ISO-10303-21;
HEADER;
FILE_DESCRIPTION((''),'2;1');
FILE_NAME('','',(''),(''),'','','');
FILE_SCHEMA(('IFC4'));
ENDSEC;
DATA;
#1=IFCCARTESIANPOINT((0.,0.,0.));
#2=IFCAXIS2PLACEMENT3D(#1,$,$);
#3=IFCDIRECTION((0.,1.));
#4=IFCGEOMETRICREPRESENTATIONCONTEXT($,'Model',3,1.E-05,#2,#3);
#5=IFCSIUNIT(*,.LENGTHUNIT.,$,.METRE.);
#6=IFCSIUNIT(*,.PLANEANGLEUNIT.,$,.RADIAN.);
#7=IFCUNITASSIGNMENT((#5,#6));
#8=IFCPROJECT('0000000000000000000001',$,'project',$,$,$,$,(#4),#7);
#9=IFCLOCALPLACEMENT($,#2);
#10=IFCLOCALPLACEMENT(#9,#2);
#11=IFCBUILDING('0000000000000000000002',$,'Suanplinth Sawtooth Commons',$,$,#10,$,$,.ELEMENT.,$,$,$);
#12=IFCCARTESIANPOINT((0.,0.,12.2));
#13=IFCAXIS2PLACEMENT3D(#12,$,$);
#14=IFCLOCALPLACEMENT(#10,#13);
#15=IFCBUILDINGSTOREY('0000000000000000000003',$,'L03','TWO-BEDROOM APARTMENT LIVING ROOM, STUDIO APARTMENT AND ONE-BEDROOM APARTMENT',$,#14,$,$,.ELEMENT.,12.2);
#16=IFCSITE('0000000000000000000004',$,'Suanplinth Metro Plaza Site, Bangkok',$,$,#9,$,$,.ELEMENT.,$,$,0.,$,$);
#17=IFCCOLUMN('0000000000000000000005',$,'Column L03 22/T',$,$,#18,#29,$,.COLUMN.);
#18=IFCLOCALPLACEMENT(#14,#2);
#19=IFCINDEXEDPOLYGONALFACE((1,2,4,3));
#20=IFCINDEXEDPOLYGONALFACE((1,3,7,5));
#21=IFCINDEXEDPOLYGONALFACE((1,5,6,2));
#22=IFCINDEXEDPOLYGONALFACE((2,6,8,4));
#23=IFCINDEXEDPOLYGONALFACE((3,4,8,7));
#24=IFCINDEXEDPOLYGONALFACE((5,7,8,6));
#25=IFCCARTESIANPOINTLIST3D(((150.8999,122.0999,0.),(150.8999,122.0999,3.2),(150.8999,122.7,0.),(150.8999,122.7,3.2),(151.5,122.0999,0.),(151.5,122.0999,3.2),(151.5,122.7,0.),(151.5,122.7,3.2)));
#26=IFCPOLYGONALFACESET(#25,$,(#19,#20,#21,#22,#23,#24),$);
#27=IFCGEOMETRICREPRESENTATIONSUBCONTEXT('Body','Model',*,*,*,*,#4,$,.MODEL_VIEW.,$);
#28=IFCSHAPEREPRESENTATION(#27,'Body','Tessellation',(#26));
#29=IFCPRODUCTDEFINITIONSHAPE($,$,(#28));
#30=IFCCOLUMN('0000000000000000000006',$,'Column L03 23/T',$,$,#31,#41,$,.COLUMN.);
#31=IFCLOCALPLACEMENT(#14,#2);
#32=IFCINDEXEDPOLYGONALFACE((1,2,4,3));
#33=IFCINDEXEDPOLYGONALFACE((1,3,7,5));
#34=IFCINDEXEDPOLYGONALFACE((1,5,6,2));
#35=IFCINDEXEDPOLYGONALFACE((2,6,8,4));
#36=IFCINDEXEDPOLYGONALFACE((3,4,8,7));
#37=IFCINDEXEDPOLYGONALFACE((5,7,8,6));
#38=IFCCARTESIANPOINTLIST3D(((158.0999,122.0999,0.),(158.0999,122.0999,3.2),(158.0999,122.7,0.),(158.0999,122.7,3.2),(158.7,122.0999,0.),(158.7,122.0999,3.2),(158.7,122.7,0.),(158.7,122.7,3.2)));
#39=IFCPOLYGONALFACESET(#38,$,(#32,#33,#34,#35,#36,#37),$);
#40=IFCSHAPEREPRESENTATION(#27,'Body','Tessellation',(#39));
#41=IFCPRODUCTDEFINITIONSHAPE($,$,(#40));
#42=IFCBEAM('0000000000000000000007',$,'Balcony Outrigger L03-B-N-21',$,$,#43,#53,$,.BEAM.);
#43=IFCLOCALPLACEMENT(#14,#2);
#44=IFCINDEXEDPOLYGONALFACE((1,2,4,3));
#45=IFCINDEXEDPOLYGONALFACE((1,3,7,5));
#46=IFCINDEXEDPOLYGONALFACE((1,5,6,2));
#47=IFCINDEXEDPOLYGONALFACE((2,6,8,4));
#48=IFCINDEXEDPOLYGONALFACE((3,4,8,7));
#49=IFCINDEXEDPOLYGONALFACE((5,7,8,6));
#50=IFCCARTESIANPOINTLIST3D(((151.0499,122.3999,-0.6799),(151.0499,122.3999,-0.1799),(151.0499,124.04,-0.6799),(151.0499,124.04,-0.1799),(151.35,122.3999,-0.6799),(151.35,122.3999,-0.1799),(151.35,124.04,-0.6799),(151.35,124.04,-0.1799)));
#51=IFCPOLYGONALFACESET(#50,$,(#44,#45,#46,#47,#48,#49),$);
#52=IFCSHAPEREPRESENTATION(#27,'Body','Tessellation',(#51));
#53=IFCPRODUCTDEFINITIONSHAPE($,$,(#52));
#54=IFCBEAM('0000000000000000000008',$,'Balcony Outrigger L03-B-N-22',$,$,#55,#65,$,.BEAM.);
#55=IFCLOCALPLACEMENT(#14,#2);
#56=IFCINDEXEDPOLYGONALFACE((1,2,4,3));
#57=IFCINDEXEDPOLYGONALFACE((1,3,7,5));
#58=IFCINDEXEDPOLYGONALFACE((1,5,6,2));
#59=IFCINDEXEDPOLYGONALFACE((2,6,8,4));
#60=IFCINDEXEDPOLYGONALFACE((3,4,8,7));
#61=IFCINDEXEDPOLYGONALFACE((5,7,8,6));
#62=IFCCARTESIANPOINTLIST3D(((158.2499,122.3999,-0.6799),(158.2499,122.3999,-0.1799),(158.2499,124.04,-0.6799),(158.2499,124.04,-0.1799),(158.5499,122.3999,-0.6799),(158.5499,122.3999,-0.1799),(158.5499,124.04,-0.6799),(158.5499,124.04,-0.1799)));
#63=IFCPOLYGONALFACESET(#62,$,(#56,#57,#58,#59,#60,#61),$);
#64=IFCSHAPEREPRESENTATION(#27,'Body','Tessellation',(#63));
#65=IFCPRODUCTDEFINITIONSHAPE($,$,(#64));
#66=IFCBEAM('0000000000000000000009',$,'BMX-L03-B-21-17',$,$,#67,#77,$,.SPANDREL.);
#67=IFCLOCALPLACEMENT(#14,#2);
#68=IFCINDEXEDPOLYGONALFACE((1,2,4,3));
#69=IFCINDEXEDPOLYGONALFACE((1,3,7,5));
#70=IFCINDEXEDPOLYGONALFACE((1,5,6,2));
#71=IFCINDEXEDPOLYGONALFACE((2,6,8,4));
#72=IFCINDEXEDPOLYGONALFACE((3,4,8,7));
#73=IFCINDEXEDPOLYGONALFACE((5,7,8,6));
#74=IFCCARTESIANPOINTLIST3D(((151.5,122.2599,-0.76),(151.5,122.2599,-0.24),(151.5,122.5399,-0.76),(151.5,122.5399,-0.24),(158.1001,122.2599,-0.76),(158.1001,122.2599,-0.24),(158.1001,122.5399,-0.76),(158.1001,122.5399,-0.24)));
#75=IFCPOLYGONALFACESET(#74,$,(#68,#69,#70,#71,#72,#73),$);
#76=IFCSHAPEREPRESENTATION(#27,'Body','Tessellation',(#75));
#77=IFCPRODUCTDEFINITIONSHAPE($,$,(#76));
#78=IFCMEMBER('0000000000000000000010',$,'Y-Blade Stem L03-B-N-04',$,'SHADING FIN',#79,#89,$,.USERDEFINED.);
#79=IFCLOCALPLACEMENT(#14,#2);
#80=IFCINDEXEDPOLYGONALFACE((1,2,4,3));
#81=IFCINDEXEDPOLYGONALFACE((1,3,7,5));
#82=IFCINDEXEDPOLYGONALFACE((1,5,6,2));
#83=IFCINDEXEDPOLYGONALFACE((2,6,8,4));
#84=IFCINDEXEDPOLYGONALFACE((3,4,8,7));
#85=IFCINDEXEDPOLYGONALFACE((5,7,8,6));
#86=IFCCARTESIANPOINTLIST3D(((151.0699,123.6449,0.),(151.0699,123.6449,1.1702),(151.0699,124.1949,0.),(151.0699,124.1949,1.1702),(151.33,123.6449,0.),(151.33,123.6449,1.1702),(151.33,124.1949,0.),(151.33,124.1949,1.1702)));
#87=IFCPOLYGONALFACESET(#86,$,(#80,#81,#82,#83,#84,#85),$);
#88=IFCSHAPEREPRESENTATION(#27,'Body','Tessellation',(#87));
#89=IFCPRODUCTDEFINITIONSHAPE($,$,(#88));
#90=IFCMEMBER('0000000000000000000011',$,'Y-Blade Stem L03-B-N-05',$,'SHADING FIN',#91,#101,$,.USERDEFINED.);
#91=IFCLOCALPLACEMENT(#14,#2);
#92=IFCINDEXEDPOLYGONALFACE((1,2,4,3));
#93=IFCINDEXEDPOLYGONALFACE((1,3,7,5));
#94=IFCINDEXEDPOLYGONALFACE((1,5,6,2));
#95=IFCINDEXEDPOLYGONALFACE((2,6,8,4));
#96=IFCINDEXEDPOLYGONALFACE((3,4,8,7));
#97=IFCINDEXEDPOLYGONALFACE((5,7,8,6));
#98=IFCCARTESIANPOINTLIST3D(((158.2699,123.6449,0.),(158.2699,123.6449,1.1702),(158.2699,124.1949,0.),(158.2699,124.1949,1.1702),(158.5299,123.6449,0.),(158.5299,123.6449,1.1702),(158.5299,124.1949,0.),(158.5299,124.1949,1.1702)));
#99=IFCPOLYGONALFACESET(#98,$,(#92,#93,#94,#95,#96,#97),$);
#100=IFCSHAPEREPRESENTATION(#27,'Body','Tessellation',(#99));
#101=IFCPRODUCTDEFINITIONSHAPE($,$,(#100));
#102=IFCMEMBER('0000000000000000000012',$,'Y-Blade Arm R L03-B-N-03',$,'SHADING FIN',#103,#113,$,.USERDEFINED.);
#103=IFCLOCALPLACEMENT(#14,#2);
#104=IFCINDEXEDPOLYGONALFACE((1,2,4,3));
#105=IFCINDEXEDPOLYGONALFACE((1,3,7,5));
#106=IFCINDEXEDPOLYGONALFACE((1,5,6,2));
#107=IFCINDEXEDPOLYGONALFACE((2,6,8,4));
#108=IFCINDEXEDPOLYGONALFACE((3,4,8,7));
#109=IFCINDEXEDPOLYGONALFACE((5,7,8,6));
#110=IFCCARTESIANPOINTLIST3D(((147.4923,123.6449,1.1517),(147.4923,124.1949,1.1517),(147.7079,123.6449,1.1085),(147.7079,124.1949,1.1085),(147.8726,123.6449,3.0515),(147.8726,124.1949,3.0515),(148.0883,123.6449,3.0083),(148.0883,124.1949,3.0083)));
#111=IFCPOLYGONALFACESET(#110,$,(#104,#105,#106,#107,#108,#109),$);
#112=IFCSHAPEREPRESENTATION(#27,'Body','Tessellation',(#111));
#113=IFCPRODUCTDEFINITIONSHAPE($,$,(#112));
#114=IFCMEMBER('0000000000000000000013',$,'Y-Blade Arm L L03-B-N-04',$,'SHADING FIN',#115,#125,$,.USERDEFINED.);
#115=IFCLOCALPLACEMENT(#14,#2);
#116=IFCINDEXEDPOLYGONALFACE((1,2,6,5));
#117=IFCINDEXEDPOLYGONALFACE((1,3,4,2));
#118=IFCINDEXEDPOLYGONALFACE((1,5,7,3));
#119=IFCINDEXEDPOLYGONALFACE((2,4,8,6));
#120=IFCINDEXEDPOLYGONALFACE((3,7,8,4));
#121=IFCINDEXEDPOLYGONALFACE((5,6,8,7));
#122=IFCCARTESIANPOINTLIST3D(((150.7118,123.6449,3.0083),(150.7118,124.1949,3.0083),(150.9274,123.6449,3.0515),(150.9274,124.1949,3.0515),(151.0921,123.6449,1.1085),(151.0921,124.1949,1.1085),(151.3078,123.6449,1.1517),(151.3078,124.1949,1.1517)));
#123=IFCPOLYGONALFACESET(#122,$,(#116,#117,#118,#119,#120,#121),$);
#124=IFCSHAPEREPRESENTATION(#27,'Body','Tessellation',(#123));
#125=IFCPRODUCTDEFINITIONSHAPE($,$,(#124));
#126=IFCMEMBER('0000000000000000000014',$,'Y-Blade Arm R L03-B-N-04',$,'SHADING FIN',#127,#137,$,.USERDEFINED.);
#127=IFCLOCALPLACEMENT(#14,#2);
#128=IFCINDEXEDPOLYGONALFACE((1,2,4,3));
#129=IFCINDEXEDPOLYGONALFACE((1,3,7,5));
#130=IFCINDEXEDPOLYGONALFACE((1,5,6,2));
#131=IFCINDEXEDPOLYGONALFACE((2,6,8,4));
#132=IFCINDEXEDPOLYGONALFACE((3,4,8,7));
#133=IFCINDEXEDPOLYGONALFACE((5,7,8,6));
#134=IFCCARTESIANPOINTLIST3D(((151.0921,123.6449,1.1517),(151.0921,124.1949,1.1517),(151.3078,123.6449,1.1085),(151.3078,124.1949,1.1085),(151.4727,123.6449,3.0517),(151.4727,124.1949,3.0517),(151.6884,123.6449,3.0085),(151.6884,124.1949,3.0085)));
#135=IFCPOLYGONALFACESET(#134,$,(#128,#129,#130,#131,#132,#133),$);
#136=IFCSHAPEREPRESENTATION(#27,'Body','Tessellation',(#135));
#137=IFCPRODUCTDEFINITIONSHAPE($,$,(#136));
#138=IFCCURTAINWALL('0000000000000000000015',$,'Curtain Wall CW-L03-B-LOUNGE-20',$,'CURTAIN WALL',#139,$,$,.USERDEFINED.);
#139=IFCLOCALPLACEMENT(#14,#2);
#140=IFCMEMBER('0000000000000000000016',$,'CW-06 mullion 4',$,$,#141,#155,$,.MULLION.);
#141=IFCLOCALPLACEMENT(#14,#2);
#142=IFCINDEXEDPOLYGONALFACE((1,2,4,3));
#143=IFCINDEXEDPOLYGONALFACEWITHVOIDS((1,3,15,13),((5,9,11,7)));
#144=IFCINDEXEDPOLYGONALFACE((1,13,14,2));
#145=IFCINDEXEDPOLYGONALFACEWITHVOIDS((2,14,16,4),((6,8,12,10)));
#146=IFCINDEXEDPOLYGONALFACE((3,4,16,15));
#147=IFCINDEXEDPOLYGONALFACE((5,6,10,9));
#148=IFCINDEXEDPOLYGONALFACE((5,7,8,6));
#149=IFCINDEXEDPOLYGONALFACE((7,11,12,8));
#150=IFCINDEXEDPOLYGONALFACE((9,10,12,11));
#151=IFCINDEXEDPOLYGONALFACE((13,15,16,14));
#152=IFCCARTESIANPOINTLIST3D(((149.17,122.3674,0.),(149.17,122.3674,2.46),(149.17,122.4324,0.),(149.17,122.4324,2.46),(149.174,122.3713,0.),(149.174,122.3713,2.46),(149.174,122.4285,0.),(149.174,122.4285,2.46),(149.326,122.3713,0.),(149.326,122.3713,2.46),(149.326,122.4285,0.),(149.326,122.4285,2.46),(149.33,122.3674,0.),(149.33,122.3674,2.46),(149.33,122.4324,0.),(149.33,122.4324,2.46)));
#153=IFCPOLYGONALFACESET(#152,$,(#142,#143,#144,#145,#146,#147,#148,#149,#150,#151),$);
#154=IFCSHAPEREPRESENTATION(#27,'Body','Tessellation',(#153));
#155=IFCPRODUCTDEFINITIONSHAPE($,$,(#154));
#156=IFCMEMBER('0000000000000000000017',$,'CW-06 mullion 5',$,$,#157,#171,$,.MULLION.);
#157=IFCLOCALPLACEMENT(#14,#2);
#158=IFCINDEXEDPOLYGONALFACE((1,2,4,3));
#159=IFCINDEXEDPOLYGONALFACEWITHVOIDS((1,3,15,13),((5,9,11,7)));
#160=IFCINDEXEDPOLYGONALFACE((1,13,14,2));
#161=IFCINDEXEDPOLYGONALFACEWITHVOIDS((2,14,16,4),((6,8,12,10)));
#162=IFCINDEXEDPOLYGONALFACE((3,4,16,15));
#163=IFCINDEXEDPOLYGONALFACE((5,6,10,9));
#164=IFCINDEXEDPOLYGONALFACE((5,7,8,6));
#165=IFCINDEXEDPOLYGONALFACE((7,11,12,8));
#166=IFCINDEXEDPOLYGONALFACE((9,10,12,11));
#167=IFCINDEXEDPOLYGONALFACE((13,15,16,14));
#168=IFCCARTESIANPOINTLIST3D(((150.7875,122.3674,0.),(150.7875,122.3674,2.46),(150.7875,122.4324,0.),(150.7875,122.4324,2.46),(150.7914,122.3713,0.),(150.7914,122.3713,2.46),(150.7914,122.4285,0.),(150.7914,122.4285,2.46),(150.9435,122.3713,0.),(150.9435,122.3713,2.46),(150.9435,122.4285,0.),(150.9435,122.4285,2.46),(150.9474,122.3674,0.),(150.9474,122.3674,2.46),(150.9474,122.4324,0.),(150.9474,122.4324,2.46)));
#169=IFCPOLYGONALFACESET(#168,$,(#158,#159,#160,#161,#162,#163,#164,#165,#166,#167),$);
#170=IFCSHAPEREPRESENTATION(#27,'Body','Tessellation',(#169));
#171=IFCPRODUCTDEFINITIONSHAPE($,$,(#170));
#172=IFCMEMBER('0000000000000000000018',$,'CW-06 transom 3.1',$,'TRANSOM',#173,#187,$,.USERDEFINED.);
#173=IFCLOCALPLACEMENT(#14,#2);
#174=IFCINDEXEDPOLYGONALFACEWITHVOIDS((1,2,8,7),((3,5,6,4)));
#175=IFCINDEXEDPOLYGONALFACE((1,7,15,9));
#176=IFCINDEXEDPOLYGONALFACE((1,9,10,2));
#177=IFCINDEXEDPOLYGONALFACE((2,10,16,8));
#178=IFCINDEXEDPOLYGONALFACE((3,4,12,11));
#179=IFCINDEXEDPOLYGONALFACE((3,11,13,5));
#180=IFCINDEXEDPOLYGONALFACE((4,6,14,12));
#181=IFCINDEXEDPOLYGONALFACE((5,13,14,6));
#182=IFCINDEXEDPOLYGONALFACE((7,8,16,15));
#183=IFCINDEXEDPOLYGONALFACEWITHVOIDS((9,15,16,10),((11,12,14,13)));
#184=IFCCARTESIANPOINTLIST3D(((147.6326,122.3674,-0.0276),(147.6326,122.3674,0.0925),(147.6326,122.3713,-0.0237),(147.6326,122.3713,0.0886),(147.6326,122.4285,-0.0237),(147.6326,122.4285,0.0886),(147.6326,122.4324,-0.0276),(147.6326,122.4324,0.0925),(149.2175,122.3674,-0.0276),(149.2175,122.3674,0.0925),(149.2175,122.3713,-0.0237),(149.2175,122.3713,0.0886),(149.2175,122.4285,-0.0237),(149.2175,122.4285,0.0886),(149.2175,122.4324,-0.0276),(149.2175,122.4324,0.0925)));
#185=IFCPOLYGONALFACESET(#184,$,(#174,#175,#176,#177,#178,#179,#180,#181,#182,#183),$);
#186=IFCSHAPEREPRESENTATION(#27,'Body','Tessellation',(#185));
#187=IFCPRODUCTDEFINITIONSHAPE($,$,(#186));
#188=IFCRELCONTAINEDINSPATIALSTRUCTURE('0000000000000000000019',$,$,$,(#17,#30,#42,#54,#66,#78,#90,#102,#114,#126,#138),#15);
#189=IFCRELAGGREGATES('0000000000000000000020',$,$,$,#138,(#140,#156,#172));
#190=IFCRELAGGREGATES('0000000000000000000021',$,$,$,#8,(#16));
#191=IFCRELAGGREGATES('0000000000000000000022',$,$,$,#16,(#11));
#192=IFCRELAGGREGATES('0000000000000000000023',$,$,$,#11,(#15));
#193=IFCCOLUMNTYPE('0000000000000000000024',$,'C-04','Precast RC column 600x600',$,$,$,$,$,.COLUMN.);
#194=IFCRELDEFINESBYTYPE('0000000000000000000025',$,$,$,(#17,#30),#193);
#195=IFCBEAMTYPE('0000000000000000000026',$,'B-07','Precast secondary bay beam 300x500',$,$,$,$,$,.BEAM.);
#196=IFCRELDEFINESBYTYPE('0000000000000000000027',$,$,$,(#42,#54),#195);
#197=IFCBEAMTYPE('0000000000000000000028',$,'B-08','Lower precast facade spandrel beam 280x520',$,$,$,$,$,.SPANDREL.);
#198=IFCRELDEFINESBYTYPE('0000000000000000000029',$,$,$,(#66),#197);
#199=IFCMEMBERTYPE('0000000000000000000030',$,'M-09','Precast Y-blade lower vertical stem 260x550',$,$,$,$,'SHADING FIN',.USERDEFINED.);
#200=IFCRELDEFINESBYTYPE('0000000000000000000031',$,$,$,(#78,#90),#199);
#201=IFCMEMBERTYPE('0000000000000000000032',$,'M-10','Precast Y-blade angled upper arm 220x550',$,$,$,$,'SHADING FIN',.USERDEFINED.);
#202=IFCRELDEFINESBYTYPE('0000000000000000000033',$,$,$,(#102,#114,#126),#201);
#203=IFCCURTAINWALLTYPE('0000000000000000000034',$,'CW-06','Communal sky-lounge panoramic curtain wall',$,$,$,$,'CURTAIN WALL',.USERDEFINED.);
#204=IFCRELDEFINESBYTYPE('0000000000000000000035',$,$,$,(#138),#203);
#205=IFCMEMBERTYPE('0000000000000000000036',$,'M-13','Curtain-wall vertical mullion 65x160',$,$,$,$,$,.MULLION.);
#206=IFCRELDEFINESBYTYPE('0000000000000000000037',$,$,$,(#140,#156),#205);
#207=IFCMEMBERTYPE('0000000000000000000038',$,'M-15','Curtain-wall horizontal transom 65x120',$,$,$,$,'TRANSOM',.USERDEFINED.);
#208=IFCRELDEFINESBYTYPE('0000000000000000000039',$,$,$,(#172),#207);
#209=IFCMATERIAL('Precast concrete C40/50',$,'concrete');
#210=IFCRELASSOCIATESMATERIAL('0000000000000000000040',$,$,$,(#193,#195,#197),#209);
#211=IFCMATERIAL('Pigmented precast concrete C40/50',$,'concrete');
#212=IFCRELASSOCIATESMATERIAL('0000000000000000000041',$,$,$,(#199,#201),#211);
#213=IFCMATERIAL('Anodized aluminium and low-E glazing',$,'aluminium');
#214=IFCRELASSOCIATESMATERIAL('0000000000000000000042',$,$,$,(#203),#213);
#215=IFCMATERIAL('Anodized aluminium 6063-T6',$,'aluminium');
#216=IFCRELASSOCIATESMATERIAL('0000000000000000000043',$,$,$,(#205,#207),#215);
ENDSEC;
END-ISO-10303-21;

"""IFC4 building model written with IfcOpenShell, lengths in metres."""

from ifc_helpers import new_model, si_unit, direction, frame, origin, origin_2d, place, context, subcontext, project, spatial, rectangle, hollow_rectangle, extrude, material, material_profile, profile_set, type_object, element, aggregate, save


model = new_model("IFC4")

# Units and contexts
model_context = context("Model", 3, precision=1e-05, world=origin(), true_north=direction((0.0, 1.0)))
body_context = subcontext(model_context, "Body", "Model", "MODEL_VIEW")
ifc_project = project(units=[si_unit("LENGTHUNIT", "METRE"), si_unit("PLANEANGLEUNIT", "RADIAN")], contexts=[model_context])

# Site, building, storey
site_placement = place(None, origin())
site = spatial("IfcSite", under=ifc_project, at=site_placement, Name="Suanplinth Metro Plaza Site, Bangkok", CompositionType="ELEMENT", RefElevation=0.0)
building_placement = place(site_placement, origin())
building = spatial("IfcBuilding", under=site, at=building_placement, Name="Suanplinth Sawtooth Commons", CompositionType="ELEMENT")
storey_placement = place(building_placement, frame((0.0, 0.0, 12.2)))
storey = spatial("IfcBuildingStorey", under=building, at=storey_placement, Name="L03", Description="TWO-BEDROOM APARTMENT LIVING ROOM, STUDIO APARTMENT AND ONE-BEDROOM APARTMENT", CompositionType="ELEMENT", Elevation=12.2)

# Columns
ifc_material_1 = material(Name="Precast concrete C40/50", Category="concrete")
ifc_material_profile_1 = material_profile(ifc_material_1, rectangle(XDim=0.6001, YDim=0.6001, at=origin_2d()), Name="PC-COL 600x600")
ifc_profile_set_1 = profile_set([ifc_material_profile_1], Name="Precast concrete C40/50")
column_type = type_object("IfcColumnType", Name="C-04", Description="Precast RC column 600x600", PredefinedType="COLUMN", material=ifc_profile_set_1)
for number, where, z_axis, x_axis, name in (
    (1, (151.2, 122.3999, 0.0), (0.0, 0.0, 1.0), (1.0, 0.0, 0.0), "Column L03 22/T"),
    (2, (158.3999, 122.3999, 0.0), (0.0, 0.0, 1.0), (1.0, 0.0, 0.0), "Column L03 23/T"),
):
    element("IfcColumn", number, at=place(storey_placement, frame(where, z_axis=z_axis, x_axis=x_axis)), inside=storey, type_object=column_type, Name=name, PredefinedType="COLUMN", context=body_context, shape_type="SweptSolid", body=[
        extrude(rectangle(XDim=0.6001, YDim=0.6001, at=origin_2d()), origin(), (0.0, 0.0, 1.0), 3.2),
    ])

# Beams
ifc_material_profile_2 = material_profile(ifc_material_1, rectangle(XDim=0.3, YDim=0.5, at=origin_2d()), Name="PC-BM 300x500")
ifc_profile_set_2 = profile_set([ifc_material_profile_2], Name="Precast concrete C40/50")
beam_type_1 = type_object("IfcBeamType", Name="B-07", Description="Precast secondary bay beam 300x500", PredefinedType="BEAM", material=ifc_profile_set_2)
for number, where, z_axis, x_axis, name in (
    (3, (151.2, 122.3999, -0.4299), (0.0, 1.0, 0.0), (-1.0, 0.0, 0.0), "Balcony Outrigger L03-B-N-21"),
    (4, (158.3999, 122.3999, -0.4299), (0.0, 1.0, 0.0), (-1.0, 0.0, 0.0), "Balcony Outrigger L03-B-N-22"),
):
    element("IfcBeam", number, at=place(storey_placement, frame(where, z_axis=z_axis, x_axis=x_axis)), inside=storey, type_object=beam_type_1, Name=name, PredefinedType="BEAM", context=body_context, shape_type="SweptSolid", body=[
        extrude(rectangle(XDim=0.3, YDim=0.5, at=origin_2d()), origin(), (0.0, 0.0, 1.0), 1.6401),
    ])
ifc_material_profile_3 = material_profile(ifc_material_1, rectangle(XDim=0.28, YDim=0.52, at=origin_2d()), Name="PC-SP 280x520")
ifc_profile_set_3 = profile_set([ifc_material_profile_3], Name="Precast concrete C40/50")
beam_type_2 = type_object("IfcBeamType", Name="B-08", Description="Lower precast facade spandrel beam 280x520", PredefinedType="SPANDREL", material=ifc_profile_set_3)
beam_placement = place(storey_placement, frame((151.5, 122.3999, -0.5), z_axis=(1.0, 0.0, 0.0), x_axis=(0.0, 1.0, 0.0)))
element("IfcBeam", 5, at=beam_placement, inside=storey, type_object=beam_type_2, Name="BMX-L03-B-21-17", PredefinedType="SPANDREL", context=body_context, shape_type="SweptSolid", body=[
    extrude(rectangle(XDim=0.28, YDim=0.52, at=origin_2d()), origin(), (0.0, 0.0, 1.0), 6.6001),
])

# Members
ifc_material_2 = material(Name="Pigmented precast concrete C40/50", Category="concrete")
ifc_material_profile_4 = material_profile(ifc_material_2, rectangle(XDim=0.26, YDim=0.55, at=origin_2d()), Name="PC-FIN 260x550")
ifc_profile_set_4 = profile_set([ifc_material_profile_4], Name="Pigmented precast concrete C40/50")
member_type_1 = type_object("IfcMemberType", Name="M-09", Description="Precast Y-blade lower vertical stem 260x550", ElementType="SHADING FIN", PredefinedType="USERDEFINED", material=ifc_profile_set_4)
for number, where, z_axis, x_axis, name in (
    (6, (151.2, 123.9199, 0.0), (0.0, 0.0, 1.0), (1.0, 0.0, 0.0), "Y-Blade Stem L03-B-N-04"),
    (7, (158.3999, 123.9199, 0.0), (0.0, 0.0, 1.0), (1.0, 0.0, 0.0), "Y-Blade Stem L03-B-N-05"),
):
    element("IfcMember", number, at=place(storey_placement, frame(where, z_axis=z_axis, x_axis=x_axis)), inside=storey, type_object=member_type_1, Name=name, ObjectType="SHADING FIN", PredefinedType="USERDEFINED", context=body_context, shape_type="SweptSolid", body=[
        extrude(rectangle(XDim=0.26, YDim=0.55, at=origin_2d()), origin(), (0.0, 0.0, 1.0), 1.1702),
    ])
ifc_material_profile_5 = material_profile(ifc_material_2, rectangle(XDim=0.22, YDim=0.55, at=origin_2d()), Name="PC-FIN 220x550")
ifc_profile_set_5 = profile_set([ifc_material_profile_5], Name="Pigmented precast concrete C40/50")
member_type_2 = type_object("IfcMemberType", Name="M-10", Description="Precast Y-blade angled upper arm 220x550", ElementType="SHADING FIN", PredefinedType="USERDEFINED", material=ifc_profile_set_5)
for number, where, z_axis, x_axis, name in (
    (8, (147.6001, 123.9199, 1.1301), (0.19631, 0.0, 0.980542), (-0.980542, 0.0, 0.19631), "Y-Blade Arm R L03-B-N-03"),
    (9, (151.2, 123.9199, 1.1301), (-0.19631, 0.0, 0.980542), (0.980542, 0.0, 0.19631), "Y-Blade Arm L L03-B-N-04"),
):
    element("IfcMember", number, at=place(storey_placement, frame(where, z_axis=z_axis, x_axis=x_axis)), inside=storey, type_object=member_type_2, Name=name, ObjectType="SHADING FIN", PredefinedType="USERDEFINED", context=body_context, shape_type="SweptSolid", body=[
        extrude(rectangle(XDim=0.22, YDim=0.55, at=origin_2d()), origin(), (0.0, 0.0, 1.0), 1.9375),
    ])
member_1_placement = place(storey_placement, frame((151.2, 123.9199, 1.1301), z_axis=(0.196431, 0.0, 0.980518), x_axis=(-0.980518, 0.0, 0.196431)))
element("IfcMember", 10, at=member_1_placement, inside=storey, type_object=member_type_2, Name="Y-Blade Arm R L03-B-N-04", ObjectType="SHADING FIN", PredefinedType="USERDEFINED", context=body_context, shape_type="SweptSolid", body=[
    extrude(rectangle(XDim=0.22, YDim=0.55, at=origin_2d()), origin(), (0.0, 0.0, 1.0), 1.9377),
])

# Curtain wall, members
ifc_material_3 = material(Name="Anodized aluminium and low-E glazing", Category="aluminium")
curtain_wall_type = type_object("IfcCurtainWallType", Name="CW-06", Description="Communal sky-lounge panoramic curtain wall", ElementType="CURTAIN WALL", PredefinedType="USERDEFINED", material=ifc_material_3)
curtain_wall_placement = place(storey_placement, origin())
curtain_wall = element("IfcCurtainWall", 11, at=curtain_wall_placement, inside=storey, type_object=curtain_wall_type, Name="Curtain Wall CW-L03-B-LOUNGE-20", ObjectType="CURTAIN WALL", PredefinedType="USERDEFINED")
ifc_material_4 = material(Name="Anodized aluminium 6063-T6", Category="aluminium")
ifc_material_profile_6 = material_profile(ifc_material_4, hollow_rectangle(XDim=0.0649, YDim=0.1599, WallThickness=0.0039, at=origin_2d()), Name="ALU-MUL 65x160")
ifc_profile_set_6 = profile_set([ifc_material_profile_6], Name="Anodized aluminium 6063-T6")
member_type_3 = type_object("IfcMemberType", Name="M-13", Description="Curtain-wall vertical mullion 65x160", PredefinedType="MULLION", material=ifc_profile_set_6)
member_2_placement = place(storey_placement, frame((149.25, 122.3999, 0.0), z_axis=(0.0, 0.0, 1.0), x_axis=(0.0, 1.0, 0.0)))
member_2 = element("IfcMember", 12, at=member_2_placement, type_object=member_type_3, Name="CW-06 mullion 4", PredefinedType="MULLION", context=body_context, shape_type="SweptSolid", body=[
    extrude(hollow_rectangle(XDim=0.0649, YDim=0.1599, WallThickness=0.0039, at=origin_2d()), origin(), (0.0, 0.0, 1.0), 2.46),
])
member_3_placement = place(storey_placement, frame((150.8674, 122.3999, 0.0), z_axis=(0.0, 0.0, 1.0), x_axis=(0.0, 1.0, 0.0)))
member_3 = element("IfcMember", 13, at=member_3_placement, type_object=member_type_3, Name="CW-06 mullion 5", PredefinedType="MULLION", context=body_context, shape_type="SweptSolid", body=[
    extrude(hollow_rectangle(XDim=0.0649, YDim=0.1599, WallThickness=0.0039, at=origin_2d()), origin(), (0.0, 0.0, 1.0), 2.46),
])
ifc_material_profile_7 = material_profile(ifc_material_4, hollow_rectangle(XDim=0.0649, YDim=0.1201, WallThickness=0.0039, at=origin_2d()), Name="ALU-TRN 65x120")
ifc_profile_set_7 = profile_set([ifc_material_profile_7], Name="Anodized aluminium 6063-T6")
member_type_4 = type_object("IfcMemberType", Name="M-15", Description="Curtain-wall horizontal transom 65x120", ElementType="TRANSOM", PredefinedType="USERDEFINED", material=ifc_profile_set_7)
member_4_placement = place(storey_placement, frame((147.6326, 122.3999, 0.0325), z_axis=(1.0, 0.0, 0.0), x_axis=(0.0, 1.0, 0.0)))
member_4 = element("IfcMember", 14, at=member_4_placement, type_object=member_type_4, Name="CW-06 transom 3.1", ObjectType="TRANSOM", PredefinedType="USERDEFINED", context=body_context, shape_type="SweptSolid", body=[
    extrude(hollow_rectangle(XDim=0.0649, YDim=0.1201, WallThickness=0.0039, at=origin_2d()), origin(), (0.0, 0.0, 1.0), 1.585),
])

aggregate(curtain_wall, [member_2, member_3, member_4])

save(model, "model.ifc")
